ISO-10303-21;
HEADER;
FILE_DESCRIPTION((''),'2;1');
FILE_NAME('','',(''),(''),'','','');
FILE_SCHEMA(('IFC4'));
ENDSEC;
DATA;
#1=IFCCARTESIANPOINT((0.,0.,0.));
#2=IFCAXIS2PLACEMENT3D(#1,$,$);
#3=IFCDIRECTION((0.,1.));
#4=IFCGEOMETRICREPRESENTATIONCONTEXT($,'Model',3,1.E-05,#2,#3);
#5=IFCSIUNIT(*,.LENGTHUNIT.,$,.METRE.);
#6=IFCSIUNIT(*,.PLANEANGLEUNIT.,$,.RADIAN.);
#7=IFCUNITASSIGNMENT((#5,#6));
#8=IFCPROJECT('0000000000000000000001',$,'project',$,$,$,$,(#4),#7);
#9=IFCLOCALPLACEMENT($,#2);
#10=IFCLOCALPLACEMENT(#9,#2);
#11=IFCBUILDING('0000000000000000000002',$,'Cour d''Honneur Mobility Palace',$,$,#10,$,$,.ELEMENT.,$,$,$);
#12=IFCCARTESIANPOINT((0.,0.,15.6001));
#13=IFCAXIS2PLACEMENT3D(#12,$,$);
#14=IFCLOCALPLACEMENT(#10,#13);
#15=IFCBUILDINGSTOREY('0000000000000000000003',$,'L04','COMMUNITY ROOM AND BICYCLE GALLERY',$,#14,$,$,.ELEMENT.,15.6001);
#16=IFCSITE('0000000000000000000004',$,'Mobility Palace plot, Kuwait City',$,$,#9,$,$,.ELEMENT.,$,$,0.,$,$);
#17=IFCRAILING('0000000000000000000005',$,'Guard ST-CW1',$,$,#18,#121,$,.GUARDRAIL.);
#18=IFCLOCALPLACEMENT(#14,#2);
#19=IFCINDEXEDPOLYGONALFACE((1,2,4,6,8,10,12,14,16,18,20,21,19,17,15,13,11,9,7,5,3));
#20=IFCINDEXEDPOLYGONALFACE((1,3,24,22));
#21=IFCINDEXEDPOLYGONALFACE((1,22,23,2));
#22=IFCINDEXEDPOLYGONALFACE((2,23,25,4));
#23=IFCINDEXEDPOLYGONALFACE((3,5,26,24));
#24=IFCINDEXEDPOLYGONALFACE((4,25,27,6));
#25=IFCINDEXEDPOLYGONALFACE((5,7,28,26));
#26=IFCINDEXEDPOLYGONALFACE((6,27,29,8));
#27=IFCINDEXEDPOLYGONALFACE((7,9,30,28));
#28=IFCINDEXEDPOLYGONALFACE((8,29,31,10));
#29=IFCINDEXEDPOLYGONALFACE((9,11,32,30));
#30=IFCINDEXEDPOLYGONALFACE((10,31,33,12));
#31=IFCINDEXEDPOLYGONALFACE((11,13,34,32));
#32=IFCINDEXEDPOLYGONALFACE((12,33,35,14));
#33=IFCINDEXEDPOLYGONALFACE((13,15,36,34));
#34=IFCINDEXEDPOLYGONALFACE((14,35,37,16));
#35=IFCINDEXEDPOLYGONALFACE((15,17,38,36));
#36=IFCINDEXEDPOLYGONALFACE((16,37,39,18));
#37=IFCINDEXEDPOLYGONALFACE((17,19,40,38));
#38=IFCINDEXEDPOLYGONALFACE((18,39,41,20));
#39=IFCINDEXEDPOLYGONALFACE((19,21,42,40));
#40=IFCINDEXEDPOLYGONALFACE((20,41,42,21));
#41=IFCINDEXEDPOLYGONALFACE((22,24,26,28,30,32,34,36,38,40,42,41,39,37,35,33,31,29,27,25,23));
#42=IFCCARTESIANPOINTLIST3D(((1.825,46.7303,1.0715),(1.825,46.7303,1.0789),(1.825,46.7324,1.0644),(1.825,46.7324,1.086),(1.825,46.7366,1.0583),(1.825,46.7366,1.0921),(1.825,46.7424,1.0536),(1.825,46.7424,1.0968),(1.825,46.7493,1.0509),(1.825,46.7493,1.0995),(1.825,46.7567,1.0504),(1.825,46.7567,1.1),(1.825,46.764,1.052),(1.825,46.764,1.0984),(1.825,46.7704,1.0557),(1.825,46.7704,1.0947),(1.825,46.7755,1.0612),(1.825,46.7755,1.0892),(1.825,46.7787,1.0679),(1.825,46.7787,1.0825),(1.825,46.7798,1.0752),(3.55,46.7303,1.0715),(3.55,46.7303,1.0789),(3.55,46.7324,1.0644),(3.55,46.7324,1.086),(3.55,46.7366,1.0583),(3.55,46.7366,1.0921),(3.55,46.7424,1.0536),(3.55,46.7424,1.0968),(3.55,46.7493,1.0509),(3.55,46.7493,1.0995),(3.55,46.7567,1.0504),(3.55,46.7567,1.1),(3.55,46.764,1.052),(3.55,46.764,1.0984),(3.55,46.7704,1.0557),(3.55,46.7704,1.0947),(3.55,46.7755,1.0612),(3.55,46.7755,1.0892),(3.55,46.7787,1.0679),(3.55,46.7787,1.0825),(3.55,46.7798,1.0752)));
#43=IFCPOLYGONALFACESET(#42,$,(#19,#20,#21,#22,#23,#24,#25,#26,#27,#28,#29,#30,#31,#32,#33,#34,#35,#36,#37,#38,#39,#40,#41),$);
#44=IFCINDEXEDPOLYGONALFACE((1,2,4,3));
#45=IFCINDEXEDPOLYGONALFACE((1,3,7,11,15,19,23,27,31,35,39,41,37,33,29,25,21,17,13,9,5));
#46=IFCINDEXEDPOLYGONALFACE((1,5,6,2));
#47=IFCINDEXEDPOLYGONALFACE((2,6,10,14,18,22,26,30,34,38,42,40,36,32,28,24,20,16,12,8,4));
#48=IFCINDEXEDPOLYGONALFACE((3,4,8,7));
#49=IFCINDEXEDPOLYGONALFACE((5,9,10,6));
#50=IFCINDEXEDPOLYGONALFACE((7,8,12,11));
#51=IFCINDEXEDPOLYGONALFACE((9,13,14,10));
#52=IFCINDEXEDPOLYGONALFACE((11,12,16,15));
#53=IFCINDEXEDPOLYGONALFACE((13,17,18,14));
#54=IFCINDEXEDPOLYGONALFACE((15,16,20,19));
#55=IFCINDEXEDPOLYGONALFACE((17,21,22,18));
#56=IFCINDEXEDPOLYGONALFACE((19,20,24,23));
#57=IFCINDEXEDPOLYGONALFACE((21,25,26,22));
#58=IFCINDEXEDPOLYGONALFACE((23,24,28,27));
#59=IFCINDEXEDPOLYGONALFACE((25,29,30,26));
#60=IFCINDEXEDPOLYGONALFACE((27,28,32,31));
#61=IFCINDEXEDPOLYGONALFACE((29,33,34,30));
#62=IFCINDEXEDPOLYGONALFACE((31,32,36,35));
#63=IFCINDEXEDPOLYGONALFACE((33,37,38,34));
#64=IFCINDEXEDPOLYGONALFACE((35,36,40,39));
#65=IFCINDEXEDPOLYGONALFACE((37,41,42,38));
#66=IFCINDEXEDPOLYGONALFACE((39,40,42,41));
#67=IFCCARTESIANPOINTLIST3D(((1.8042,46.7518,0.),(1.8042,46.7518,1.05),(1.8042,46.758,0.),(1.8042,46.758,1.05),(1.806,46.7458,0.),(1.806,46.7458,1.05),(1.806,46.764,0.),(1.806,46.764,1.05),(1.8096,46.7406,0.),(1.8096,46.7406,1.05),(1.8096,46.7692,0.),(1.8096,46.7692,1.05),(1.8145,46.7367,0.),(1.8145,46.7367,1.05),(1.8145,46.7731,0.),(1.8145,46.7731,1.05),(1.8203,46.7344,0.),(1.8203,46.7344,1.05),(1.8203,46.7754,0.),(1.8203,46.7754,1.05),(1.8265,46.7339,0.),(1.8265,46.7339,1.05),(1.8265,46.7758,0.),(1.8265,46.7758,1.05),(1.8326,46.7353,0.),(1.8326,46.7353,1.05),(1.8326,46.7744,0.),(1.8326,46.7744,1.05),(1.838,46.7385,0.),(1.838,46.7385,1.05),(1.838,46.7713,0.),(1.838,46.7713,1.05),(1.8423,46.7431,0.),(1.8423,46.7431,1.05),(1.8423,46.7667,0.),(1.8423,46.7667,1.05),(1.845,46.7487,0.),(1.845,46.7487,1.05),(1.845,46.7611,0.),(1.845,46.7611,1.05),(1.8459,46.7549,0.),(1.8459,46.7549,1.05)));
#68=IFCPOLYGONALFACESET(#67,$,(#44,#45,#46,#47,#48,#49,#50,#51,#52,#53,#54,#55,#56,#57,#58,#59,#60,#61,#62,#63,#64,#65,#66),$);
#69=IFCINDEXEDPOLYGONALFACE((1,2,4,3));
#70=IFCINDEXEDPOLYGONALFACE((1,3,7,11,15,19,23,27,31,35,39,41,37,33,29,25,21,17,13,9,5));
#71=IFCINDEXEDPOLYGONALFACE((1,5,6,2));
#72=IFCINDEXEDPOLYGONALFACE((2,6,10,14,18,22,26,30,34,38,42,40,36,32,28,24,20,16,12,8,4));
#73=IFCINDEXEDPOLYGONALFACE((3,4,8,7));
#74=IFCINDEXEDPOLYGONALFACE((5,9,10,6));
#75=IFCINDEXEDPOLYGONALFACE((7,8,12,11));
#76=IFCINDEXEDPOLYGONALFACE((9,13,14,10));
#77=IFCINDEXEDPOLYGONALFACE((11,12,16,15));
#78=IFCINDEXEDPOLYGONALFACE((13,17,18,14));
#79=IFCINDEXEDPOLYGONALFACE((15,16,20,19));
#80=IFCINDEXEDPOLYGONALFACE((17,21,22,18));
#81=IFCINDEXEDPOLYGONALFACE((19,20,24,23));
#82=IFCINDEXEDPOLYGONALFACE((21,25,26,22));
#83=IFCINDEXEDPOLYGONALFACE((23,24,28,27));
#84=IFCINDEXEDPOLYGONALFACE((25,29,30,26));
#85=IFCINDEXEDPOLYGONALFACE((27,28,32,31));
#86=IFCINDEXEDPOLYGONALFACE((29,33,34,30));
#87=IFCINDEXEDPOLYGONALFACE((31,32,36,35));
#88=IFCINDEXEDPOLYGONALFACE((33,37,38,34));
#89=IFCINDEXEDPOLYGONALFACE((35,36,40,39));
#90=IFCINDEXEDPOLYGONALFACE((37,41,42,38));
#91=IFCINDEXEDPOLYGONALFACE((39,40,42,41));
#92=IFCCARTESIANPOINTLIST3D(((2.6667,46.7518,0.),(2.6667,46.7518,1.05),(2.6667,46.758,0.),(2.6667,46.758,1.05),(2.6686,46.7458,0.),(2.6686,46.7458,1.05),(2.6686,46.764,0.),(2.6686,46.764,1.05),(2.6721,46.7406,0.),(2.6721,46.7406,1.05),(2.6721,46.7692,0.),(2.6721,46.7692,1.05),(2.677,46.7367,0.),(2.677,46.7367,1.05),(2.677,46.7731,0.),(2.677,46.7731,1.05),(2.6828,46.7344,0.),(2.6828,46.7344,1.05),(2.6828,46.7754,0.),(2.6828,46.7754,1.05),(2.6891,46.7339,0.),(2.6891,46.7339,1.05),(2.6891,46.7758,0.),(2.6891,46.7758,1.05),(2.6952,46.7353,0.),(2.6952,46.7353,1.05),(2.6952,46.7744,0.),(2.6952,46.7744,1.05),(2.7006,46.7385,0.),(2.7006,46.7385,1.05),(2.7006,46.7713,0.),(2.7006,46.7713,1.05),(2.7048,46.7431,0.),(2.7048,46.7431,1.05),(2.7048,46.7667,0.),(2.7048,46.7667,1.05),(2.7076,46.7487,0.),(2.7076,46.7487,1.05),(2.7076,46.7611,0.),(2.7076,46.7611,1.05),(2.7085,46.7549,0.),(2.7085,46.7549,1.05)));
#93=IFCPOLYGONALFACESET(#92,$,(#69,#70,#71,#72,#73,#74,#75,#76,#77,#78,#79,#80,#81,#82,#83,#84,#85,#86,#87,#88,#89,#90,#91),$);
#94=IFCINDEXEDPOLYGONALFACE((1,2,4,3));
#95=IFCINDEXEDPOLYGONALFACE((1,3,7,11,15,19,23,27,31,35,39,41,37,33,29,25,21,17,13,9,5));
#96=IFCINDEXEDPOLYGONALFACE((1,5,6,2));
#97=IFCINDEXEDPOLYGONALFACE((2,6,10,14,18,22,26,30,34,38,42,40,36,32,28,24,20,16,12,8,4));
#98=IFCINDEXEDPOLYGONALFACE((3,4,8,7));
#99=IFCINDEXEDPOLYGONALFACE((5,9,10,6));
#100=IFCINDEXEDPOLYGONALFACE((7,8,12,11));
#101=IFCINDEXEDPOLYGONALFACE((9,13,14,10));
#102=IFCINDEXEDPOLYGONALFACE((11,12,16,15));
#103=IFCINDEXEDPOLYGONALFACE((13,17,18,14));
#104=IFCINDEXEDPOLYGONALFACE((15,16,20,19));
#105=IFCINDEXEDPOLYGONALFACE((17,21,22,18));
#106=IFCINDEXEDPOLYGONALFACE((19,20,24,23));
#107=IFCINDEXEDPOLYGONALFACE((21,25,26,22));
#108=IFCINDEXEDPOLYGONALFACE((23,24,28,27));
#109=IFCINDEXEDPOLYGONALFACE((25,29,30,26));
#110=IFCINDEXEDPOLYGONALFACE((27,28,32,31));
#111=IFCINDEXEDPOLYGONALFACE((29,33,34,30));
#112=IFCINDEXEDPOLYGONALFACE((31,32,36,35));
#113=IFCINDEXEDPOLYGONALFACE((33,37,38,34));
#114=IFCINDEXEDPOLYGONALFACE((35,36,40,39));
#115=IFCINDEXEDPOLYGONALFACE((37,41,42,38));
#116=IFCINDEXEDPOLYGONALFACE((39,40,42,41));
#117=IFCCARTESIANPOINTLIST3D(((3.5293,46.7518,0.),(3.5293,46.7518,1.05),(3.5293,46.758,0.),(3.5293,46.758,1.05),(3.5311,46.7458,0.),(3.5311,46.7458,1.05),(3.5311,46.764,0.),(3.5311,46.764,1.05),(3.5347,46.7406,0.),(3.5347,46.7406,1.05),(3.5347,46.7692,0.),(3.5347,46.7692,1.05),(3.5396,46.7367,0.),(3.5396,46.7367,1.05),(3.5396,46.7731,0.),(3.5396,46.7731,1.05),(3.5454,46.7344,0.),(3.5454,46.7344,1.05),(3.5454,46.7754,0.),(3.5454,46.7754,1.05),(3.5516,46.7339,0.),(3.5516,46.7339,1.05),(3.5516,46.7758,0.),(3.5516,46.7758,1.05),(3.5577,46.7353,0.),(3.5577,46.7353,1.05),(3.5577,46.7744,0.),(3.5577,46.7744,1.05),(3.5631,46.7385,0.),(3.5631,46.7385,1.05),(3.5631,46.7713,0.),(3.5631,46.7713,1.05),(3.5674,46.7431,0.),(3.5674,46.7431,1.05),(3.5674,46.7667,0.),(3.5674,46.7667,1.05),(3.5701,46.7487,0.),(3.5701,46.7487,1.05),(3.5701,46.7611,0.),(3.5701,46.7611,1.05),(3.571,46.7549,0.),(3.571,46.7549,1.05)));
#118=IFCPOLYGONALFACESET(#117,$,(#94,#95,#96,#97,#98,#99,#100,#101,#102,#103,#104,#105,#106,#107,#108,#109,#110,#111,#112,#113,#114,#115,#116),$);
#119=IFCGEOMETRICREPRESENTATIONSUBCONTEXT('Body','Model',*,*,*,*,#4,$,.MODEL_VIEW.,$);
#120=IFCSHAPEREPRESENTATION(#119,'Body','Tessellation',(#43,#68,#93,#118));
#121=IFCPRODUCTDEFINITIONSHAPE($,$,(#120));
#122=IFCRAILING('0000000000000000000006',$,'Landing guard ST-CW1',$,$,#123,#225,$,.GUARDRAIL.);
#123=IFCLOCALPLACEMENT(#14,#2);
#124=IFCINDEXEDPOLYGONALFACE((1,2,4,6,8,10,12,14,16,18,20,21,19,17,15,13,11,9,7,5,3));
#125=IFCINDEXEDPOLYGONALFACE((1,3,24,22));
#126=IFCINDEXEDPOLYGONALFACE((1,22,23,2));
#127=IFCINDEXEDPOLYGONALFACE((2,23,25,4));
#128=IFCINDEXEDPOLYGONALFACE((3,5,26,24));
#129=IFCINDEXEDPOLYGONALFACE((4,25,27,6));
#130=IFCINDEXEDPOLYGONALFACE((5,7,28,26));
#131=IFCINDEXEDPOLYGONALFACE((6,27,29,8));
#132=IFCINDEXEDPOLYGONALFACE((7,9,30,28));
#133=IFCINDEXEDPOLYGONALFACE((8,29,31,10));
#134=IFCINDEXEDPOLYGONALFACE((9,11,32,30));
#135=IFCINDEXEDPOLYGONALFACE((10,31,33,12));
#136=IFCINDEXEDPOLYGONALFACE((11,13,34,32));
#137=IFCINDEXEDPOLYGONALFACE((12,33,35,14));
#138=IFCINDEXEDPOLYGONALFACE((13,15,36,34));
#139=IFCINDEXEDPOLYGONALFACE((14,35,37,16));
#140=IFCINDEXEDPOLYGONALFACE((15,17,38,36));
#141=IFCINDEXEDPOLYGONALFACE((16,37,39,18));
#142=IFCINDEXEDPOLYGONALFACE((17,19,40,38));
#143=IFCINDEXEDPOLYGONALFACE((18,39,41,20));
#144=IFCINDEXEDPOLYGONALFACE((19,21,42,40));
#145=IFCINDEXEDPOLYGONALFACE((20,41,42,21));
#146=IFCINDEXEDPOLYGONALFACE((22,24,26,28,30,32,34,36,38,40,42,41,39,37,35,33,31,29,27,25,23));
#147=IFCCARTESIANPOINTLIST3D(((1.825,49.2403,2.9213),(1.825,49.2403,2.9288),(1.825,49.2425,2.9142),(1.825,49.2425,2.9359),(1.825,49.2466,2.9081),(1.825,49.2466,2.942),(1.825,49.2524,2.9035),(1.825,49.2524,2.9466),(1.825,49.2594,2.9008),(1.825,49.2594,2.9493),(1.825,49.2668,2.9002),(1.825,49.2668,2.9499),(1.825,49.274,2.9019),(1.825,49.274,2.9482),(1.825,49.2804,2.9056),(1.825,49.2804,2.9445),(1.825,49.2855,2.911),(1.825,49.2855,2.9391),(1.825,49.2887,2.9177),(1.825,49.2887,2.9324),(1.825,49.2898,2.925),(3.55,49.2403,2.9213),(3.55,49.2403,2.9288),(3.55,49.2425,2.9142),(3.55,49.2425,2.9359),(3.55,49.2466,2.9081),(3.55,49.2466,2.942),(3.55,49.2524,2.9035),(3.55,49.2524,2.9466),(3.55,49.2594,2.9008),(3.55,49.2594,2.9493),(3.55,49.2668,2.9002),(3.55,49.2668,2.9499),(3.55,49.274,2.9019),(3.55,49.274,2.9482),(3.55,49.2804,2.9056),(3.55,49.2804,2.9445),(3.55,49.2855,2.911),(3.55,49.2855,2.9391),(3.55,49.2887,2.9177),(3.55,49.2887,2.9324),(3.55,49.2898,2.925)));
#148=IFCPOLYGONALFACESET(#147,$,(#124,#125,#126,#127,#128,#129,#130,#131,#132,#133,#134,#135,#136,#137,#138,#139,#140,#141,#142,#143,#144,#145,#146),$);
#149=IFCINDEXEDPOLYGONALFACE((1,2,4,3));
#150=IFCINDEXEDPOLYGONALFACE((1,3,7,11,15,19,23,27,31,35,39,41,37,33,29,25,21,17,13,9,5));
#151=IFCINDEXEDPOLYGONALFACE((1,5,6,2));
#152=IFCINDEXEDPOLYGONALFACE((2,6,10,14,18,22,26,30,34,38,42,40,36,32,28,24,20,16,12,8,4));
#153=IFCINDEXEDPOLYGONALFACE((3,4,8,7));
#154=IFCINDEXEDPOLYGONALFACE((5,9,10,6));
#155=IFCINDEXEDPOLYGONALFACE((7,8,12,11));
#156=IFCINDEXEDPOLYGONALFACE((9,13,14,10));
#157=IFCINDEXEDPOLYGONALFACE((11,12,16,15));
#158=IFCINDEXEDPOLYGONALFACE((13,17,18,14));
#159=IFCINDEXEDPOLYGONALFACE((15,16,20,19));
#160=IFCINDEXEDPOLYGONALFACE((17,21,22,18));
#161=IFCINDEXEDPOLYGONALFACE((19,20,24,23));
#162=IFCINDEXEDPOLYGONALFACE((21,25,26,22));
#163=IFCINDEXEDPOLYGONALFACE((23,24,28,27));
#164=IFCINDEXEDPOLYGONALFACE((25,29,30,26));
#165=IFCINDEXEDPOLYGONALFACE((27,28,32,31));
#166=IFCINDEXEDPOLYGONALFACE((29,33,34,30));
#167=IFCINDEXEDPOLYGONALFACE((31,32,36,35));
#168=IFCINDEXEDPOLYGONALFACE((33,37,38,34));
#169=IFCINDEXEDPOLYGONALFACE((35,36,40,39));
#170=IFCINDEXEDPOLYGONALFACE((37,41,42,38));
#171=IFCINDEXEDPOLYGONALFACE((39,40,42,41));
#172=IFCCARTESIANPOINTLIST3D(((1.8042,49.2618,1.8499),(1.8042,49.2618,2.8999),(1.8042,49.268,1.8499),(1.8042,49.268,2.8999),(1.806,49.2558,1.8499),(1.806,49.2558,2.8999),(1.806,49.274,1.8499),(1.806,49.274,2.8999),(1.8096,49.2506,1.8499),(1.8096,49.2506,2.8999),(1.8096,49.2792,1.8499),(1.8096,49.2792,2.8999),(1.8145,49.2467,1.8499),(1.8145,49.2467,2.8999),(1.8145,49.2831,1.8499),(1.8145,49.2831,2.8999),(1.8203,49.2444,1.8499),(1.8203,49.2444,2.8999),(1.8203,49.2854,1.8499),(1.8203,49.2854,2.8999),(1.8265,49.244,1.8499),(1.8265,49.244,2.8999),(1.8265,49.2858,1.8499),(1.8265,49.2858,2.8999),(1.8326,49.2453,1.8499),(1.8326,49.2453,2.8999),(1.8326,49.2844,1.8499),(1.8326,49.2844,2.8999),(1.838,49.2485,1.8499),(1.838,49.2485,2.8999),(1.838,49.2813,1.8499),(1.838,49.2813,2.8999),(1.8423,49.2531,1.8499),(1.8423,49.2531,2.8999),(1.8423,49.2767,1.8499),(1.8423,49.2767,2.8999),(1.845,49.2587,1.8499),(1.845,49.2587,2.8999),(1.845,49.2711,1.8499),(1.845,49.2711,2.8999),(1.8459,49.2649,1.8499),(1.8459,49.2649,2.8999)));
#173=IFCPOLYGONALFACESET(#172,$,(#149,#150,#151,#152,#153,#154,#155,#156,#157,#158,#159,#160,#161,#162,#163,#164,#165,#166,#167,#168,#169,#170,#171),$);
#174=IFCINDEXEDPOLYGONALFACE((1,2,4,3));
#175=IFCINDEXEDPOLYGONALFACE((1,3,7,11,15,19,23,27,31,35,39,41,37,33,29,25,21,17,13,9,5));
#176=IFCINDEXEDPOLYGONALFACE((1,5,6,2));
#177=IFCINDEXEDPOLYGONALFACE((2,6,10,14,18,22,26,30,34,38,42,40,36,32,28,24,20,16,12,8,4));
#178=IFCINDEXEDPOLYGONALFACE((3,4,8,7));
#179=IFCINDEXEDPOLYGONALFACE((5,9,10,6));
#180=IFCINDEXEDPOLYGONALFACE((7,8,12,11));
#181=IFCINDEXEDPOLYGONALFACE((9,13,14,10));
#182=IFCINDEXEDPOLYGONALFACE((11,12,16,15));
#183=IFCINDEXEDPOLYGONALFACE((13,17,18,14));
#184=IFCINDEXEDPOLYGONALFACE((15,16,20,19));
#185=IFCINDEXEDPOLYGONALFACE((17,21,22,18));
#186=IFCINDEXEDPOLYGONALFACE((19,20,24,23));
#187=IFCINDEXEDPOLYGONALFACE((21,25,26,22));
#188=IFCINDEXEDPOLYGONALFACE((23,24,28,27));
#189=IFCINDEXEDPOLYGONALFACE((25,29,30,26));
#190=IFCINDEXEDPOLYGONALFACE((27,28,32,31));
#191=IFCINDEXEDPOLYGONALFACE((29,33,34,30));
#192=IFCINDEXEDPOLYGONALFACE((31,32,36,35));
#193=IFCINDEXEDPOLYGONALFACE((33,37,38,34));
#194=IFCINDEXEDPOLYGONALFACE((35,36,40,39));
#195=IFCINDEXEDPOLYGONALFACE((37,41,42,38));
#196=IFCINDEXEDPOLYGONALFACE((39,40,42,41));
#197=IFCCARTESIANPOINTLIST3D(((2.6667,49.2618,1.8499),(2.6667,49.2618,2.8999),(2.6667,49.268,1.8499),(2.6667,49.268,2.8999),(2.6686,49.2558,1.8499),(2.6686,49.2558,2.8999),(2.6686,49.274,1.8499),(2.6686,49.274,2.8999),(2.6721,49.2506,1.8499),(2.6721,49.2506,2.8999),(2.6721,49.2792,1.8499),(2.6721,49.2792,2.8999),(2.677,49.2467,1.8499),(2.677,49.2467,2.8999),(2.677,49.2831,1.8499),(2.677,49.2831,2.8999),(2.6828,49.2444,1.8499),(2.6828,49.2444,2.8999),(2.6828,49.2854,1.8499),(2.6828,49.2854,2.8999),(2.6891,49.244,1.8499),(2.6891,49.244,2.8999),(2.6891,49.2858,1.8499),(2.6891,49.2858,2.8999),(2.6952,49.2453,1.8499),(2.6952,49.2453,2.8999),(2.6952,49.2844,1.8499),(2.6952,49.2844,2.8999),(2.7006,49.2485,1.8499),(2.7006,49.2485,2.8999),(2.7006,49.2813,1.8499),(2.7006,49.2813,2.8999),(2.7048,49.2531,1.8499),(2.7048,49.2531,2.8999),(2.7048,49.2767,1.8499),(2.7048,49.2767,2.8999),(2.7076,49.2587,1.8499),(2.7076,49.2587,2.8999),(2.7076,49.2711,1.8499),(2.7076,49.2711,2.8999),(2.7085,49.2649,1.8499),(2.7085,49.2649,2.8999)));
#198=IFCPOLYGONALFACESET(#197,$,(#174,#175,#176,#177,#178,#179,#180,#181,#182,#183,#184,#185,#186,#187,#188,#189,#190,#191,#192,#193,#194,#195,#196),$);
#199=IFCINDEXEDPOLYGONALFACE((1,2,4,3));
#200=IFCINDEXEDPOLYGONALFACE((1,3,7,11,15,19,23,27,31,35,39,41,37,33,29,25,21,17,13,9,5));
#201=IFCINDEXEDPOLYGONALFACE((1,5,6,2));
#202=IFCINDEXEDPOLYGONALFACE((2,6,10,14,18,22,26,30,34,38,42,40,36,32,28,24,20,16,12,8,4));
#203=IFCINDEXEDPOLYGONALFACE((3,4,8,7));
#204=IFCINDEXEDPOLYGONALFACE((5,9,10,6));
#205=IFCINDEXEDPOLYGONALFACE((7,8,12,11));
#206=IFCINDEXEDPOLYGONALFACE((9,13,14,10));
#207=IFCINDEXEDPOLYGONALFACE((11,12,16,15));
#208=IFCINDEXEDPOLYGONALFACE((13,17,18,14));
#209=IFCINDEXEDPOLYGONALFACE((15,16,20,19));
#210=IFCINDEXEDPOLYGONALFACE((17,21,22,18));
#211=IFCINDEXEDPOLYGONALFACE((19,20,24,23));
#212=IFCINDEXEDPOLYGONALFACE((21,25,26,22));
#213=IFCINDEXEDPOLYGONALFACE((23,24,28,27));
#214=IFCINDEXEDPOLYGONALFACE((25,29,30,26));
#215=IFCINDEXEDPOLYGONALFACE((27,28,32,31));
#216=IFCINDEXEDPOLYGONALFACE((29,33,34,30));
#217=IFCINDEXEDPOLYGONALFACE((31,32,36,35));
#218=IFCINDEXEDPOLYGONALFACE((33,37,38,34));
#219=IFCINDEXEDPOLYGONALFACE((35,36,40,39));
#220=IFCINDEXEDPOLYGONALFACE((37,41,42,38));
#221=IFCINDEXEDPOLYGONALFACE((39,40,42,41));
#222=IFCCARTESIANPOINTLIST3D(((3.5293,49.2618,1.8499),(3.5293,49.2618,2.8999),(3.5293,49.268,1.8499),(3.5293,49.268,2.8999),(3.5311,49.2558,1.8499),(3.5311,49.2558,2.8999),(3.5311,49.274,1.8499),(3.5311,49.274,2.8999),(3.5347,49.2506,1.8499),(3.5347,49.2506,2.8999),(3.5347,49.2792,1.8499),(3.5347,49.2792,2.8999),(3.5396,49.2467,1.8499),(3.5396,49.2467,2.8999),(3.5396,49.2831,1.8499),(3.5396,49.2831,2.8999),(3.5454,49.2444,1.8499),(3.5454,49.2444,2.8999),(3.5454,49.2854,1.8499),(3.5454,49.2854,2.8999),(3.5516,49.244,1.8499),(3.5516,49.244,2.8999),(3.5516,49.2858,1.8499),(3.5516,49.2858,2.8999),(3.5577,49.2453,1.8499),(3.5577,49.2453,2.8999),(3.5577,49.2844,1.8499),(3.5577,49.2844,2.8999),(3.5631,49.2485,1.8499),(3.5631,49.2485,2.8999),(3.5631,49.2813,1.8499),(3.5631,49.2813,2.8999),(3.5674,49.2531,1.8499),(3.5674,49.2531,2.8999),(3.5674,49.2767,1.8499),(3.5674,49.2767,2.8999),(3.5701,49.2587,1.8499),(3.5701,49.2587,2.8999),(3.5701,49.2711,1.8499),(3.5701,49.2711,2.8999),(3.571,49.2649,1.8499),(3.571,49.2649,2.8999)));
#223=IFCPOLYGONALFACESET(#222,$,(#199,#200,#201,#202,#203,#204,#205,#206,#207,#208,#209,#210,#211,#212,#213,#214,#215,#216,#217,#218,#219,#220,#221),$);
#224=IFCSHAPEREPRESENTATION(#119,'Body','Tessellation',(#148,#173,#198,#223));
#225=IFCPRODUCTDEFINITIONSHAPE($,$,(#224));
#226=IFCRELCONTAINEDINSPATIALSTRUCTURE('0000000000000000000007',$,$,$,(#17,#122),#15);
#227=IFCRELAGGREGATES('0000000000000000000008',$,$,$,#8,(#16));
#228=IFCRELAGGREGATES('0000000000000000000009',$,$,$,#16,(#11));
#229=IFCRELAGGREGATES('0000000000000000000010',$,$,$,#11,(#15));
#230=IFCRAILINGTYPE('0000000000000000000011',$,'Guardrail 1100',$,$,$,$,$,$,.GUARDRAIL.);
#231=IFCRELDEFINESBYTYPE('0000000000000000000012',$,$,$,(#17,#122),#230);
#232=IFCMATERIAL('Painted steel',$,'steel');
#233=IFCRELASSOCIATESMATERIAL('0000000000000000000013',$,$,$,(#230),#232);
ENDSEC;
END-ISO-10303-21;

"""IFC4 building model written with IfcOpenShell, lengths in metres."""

from ifc_helpers import new_model, si_unit, direction, frame, origin, origin_2d, place, context, subcontext, project, spatial, circle, extrude, material, type_object, element, save


model = new_model("IFC4")

# Units and contexts
model_context = context("Model", 3, precision=1e-05, world=origin(), true_north=direction((0.0, 1.0)))
body_context = subcontext(model_context, "Body", "Model", "MODEL_VIEW")
ifc_project = project(units=[si_unit("LENGTHUNIT", "METRE"), si_unit("PLANEANGLEUNIT", "RADIAN")], contexts=[model_context])

# Site, building, storey
site_placement = place(None, origin())
site = spatial("IfcSite", under=ifc_project, at=site_placement, Name="Mobility Palace plot, Kuwait City", CompositionType="ELEMENT", RefElevation=0.0)
building_placement = place(site_placement, origin())
building = spatial("IfcBuilding", under=site, at=building_placement, Name="Cour d'Honneur Mobility Palace", CompositionType="ELEMENT")
storey_placement = place(building_placement, frame((0.0, 0.0, 15.6001)))
storey = spatial("IfcBuildingStorey", under=building, at=storey_placement, Name="L04", Description="COMMUNITY ROOM AND BICYCLE GALLERY", CompositionType="ELEMENT", Elevation=15.6001)

# Railings
ifc_material_1 = material(Name="Painted steel", Category="steel")
railing_type_1 = type_object("IfcRailingType", Name="Guardrail 1100", PredefinedType="GUARDRAIL", material=ifc_material_1)
for number, where, name in (
    (1, (1.825, 46.7549, 0.0), "Guard ST-CW1"),
    (2, (1.825, 49.2649, 1.8499), "Landing guard ST-CW1"),
):
    element("IfcRailing", number, at=place(storey_placement, frame(where)), inside=storey, type_object=railing_type_1, Name=name, PredefinedType="GUARDRAIL", context=body_context, shape_type="SweptSolid", body=[
        extrude(circle(Radius=0.0249, at=origin_2d()), frame((0.0, 0.0, 1.0752), z_axis=(1.0, 0.0, 0.0), x_axis=(0.0, 1.0, 0.0)), (0.0, 0.0, 1.0), 1.7251),
        extrude(circle(Radius=0.021, at=origin_2d()), origin(), (0.0, 0.0, 1.0), 1.05),
        extrude(circle(Radius=0.021, at=origin_2d()), frame((0.8625, 0.0, 0.0)), (0.0, 0.0, 1.0), 1.05),
        extrude(circle(Radius=0.021, at=origin_2d()), frame((1.7251, 0.0, 0.0)), (0.0, 0.0, 1.0), 1.05),
    ])

save(model, "model.ifc")
